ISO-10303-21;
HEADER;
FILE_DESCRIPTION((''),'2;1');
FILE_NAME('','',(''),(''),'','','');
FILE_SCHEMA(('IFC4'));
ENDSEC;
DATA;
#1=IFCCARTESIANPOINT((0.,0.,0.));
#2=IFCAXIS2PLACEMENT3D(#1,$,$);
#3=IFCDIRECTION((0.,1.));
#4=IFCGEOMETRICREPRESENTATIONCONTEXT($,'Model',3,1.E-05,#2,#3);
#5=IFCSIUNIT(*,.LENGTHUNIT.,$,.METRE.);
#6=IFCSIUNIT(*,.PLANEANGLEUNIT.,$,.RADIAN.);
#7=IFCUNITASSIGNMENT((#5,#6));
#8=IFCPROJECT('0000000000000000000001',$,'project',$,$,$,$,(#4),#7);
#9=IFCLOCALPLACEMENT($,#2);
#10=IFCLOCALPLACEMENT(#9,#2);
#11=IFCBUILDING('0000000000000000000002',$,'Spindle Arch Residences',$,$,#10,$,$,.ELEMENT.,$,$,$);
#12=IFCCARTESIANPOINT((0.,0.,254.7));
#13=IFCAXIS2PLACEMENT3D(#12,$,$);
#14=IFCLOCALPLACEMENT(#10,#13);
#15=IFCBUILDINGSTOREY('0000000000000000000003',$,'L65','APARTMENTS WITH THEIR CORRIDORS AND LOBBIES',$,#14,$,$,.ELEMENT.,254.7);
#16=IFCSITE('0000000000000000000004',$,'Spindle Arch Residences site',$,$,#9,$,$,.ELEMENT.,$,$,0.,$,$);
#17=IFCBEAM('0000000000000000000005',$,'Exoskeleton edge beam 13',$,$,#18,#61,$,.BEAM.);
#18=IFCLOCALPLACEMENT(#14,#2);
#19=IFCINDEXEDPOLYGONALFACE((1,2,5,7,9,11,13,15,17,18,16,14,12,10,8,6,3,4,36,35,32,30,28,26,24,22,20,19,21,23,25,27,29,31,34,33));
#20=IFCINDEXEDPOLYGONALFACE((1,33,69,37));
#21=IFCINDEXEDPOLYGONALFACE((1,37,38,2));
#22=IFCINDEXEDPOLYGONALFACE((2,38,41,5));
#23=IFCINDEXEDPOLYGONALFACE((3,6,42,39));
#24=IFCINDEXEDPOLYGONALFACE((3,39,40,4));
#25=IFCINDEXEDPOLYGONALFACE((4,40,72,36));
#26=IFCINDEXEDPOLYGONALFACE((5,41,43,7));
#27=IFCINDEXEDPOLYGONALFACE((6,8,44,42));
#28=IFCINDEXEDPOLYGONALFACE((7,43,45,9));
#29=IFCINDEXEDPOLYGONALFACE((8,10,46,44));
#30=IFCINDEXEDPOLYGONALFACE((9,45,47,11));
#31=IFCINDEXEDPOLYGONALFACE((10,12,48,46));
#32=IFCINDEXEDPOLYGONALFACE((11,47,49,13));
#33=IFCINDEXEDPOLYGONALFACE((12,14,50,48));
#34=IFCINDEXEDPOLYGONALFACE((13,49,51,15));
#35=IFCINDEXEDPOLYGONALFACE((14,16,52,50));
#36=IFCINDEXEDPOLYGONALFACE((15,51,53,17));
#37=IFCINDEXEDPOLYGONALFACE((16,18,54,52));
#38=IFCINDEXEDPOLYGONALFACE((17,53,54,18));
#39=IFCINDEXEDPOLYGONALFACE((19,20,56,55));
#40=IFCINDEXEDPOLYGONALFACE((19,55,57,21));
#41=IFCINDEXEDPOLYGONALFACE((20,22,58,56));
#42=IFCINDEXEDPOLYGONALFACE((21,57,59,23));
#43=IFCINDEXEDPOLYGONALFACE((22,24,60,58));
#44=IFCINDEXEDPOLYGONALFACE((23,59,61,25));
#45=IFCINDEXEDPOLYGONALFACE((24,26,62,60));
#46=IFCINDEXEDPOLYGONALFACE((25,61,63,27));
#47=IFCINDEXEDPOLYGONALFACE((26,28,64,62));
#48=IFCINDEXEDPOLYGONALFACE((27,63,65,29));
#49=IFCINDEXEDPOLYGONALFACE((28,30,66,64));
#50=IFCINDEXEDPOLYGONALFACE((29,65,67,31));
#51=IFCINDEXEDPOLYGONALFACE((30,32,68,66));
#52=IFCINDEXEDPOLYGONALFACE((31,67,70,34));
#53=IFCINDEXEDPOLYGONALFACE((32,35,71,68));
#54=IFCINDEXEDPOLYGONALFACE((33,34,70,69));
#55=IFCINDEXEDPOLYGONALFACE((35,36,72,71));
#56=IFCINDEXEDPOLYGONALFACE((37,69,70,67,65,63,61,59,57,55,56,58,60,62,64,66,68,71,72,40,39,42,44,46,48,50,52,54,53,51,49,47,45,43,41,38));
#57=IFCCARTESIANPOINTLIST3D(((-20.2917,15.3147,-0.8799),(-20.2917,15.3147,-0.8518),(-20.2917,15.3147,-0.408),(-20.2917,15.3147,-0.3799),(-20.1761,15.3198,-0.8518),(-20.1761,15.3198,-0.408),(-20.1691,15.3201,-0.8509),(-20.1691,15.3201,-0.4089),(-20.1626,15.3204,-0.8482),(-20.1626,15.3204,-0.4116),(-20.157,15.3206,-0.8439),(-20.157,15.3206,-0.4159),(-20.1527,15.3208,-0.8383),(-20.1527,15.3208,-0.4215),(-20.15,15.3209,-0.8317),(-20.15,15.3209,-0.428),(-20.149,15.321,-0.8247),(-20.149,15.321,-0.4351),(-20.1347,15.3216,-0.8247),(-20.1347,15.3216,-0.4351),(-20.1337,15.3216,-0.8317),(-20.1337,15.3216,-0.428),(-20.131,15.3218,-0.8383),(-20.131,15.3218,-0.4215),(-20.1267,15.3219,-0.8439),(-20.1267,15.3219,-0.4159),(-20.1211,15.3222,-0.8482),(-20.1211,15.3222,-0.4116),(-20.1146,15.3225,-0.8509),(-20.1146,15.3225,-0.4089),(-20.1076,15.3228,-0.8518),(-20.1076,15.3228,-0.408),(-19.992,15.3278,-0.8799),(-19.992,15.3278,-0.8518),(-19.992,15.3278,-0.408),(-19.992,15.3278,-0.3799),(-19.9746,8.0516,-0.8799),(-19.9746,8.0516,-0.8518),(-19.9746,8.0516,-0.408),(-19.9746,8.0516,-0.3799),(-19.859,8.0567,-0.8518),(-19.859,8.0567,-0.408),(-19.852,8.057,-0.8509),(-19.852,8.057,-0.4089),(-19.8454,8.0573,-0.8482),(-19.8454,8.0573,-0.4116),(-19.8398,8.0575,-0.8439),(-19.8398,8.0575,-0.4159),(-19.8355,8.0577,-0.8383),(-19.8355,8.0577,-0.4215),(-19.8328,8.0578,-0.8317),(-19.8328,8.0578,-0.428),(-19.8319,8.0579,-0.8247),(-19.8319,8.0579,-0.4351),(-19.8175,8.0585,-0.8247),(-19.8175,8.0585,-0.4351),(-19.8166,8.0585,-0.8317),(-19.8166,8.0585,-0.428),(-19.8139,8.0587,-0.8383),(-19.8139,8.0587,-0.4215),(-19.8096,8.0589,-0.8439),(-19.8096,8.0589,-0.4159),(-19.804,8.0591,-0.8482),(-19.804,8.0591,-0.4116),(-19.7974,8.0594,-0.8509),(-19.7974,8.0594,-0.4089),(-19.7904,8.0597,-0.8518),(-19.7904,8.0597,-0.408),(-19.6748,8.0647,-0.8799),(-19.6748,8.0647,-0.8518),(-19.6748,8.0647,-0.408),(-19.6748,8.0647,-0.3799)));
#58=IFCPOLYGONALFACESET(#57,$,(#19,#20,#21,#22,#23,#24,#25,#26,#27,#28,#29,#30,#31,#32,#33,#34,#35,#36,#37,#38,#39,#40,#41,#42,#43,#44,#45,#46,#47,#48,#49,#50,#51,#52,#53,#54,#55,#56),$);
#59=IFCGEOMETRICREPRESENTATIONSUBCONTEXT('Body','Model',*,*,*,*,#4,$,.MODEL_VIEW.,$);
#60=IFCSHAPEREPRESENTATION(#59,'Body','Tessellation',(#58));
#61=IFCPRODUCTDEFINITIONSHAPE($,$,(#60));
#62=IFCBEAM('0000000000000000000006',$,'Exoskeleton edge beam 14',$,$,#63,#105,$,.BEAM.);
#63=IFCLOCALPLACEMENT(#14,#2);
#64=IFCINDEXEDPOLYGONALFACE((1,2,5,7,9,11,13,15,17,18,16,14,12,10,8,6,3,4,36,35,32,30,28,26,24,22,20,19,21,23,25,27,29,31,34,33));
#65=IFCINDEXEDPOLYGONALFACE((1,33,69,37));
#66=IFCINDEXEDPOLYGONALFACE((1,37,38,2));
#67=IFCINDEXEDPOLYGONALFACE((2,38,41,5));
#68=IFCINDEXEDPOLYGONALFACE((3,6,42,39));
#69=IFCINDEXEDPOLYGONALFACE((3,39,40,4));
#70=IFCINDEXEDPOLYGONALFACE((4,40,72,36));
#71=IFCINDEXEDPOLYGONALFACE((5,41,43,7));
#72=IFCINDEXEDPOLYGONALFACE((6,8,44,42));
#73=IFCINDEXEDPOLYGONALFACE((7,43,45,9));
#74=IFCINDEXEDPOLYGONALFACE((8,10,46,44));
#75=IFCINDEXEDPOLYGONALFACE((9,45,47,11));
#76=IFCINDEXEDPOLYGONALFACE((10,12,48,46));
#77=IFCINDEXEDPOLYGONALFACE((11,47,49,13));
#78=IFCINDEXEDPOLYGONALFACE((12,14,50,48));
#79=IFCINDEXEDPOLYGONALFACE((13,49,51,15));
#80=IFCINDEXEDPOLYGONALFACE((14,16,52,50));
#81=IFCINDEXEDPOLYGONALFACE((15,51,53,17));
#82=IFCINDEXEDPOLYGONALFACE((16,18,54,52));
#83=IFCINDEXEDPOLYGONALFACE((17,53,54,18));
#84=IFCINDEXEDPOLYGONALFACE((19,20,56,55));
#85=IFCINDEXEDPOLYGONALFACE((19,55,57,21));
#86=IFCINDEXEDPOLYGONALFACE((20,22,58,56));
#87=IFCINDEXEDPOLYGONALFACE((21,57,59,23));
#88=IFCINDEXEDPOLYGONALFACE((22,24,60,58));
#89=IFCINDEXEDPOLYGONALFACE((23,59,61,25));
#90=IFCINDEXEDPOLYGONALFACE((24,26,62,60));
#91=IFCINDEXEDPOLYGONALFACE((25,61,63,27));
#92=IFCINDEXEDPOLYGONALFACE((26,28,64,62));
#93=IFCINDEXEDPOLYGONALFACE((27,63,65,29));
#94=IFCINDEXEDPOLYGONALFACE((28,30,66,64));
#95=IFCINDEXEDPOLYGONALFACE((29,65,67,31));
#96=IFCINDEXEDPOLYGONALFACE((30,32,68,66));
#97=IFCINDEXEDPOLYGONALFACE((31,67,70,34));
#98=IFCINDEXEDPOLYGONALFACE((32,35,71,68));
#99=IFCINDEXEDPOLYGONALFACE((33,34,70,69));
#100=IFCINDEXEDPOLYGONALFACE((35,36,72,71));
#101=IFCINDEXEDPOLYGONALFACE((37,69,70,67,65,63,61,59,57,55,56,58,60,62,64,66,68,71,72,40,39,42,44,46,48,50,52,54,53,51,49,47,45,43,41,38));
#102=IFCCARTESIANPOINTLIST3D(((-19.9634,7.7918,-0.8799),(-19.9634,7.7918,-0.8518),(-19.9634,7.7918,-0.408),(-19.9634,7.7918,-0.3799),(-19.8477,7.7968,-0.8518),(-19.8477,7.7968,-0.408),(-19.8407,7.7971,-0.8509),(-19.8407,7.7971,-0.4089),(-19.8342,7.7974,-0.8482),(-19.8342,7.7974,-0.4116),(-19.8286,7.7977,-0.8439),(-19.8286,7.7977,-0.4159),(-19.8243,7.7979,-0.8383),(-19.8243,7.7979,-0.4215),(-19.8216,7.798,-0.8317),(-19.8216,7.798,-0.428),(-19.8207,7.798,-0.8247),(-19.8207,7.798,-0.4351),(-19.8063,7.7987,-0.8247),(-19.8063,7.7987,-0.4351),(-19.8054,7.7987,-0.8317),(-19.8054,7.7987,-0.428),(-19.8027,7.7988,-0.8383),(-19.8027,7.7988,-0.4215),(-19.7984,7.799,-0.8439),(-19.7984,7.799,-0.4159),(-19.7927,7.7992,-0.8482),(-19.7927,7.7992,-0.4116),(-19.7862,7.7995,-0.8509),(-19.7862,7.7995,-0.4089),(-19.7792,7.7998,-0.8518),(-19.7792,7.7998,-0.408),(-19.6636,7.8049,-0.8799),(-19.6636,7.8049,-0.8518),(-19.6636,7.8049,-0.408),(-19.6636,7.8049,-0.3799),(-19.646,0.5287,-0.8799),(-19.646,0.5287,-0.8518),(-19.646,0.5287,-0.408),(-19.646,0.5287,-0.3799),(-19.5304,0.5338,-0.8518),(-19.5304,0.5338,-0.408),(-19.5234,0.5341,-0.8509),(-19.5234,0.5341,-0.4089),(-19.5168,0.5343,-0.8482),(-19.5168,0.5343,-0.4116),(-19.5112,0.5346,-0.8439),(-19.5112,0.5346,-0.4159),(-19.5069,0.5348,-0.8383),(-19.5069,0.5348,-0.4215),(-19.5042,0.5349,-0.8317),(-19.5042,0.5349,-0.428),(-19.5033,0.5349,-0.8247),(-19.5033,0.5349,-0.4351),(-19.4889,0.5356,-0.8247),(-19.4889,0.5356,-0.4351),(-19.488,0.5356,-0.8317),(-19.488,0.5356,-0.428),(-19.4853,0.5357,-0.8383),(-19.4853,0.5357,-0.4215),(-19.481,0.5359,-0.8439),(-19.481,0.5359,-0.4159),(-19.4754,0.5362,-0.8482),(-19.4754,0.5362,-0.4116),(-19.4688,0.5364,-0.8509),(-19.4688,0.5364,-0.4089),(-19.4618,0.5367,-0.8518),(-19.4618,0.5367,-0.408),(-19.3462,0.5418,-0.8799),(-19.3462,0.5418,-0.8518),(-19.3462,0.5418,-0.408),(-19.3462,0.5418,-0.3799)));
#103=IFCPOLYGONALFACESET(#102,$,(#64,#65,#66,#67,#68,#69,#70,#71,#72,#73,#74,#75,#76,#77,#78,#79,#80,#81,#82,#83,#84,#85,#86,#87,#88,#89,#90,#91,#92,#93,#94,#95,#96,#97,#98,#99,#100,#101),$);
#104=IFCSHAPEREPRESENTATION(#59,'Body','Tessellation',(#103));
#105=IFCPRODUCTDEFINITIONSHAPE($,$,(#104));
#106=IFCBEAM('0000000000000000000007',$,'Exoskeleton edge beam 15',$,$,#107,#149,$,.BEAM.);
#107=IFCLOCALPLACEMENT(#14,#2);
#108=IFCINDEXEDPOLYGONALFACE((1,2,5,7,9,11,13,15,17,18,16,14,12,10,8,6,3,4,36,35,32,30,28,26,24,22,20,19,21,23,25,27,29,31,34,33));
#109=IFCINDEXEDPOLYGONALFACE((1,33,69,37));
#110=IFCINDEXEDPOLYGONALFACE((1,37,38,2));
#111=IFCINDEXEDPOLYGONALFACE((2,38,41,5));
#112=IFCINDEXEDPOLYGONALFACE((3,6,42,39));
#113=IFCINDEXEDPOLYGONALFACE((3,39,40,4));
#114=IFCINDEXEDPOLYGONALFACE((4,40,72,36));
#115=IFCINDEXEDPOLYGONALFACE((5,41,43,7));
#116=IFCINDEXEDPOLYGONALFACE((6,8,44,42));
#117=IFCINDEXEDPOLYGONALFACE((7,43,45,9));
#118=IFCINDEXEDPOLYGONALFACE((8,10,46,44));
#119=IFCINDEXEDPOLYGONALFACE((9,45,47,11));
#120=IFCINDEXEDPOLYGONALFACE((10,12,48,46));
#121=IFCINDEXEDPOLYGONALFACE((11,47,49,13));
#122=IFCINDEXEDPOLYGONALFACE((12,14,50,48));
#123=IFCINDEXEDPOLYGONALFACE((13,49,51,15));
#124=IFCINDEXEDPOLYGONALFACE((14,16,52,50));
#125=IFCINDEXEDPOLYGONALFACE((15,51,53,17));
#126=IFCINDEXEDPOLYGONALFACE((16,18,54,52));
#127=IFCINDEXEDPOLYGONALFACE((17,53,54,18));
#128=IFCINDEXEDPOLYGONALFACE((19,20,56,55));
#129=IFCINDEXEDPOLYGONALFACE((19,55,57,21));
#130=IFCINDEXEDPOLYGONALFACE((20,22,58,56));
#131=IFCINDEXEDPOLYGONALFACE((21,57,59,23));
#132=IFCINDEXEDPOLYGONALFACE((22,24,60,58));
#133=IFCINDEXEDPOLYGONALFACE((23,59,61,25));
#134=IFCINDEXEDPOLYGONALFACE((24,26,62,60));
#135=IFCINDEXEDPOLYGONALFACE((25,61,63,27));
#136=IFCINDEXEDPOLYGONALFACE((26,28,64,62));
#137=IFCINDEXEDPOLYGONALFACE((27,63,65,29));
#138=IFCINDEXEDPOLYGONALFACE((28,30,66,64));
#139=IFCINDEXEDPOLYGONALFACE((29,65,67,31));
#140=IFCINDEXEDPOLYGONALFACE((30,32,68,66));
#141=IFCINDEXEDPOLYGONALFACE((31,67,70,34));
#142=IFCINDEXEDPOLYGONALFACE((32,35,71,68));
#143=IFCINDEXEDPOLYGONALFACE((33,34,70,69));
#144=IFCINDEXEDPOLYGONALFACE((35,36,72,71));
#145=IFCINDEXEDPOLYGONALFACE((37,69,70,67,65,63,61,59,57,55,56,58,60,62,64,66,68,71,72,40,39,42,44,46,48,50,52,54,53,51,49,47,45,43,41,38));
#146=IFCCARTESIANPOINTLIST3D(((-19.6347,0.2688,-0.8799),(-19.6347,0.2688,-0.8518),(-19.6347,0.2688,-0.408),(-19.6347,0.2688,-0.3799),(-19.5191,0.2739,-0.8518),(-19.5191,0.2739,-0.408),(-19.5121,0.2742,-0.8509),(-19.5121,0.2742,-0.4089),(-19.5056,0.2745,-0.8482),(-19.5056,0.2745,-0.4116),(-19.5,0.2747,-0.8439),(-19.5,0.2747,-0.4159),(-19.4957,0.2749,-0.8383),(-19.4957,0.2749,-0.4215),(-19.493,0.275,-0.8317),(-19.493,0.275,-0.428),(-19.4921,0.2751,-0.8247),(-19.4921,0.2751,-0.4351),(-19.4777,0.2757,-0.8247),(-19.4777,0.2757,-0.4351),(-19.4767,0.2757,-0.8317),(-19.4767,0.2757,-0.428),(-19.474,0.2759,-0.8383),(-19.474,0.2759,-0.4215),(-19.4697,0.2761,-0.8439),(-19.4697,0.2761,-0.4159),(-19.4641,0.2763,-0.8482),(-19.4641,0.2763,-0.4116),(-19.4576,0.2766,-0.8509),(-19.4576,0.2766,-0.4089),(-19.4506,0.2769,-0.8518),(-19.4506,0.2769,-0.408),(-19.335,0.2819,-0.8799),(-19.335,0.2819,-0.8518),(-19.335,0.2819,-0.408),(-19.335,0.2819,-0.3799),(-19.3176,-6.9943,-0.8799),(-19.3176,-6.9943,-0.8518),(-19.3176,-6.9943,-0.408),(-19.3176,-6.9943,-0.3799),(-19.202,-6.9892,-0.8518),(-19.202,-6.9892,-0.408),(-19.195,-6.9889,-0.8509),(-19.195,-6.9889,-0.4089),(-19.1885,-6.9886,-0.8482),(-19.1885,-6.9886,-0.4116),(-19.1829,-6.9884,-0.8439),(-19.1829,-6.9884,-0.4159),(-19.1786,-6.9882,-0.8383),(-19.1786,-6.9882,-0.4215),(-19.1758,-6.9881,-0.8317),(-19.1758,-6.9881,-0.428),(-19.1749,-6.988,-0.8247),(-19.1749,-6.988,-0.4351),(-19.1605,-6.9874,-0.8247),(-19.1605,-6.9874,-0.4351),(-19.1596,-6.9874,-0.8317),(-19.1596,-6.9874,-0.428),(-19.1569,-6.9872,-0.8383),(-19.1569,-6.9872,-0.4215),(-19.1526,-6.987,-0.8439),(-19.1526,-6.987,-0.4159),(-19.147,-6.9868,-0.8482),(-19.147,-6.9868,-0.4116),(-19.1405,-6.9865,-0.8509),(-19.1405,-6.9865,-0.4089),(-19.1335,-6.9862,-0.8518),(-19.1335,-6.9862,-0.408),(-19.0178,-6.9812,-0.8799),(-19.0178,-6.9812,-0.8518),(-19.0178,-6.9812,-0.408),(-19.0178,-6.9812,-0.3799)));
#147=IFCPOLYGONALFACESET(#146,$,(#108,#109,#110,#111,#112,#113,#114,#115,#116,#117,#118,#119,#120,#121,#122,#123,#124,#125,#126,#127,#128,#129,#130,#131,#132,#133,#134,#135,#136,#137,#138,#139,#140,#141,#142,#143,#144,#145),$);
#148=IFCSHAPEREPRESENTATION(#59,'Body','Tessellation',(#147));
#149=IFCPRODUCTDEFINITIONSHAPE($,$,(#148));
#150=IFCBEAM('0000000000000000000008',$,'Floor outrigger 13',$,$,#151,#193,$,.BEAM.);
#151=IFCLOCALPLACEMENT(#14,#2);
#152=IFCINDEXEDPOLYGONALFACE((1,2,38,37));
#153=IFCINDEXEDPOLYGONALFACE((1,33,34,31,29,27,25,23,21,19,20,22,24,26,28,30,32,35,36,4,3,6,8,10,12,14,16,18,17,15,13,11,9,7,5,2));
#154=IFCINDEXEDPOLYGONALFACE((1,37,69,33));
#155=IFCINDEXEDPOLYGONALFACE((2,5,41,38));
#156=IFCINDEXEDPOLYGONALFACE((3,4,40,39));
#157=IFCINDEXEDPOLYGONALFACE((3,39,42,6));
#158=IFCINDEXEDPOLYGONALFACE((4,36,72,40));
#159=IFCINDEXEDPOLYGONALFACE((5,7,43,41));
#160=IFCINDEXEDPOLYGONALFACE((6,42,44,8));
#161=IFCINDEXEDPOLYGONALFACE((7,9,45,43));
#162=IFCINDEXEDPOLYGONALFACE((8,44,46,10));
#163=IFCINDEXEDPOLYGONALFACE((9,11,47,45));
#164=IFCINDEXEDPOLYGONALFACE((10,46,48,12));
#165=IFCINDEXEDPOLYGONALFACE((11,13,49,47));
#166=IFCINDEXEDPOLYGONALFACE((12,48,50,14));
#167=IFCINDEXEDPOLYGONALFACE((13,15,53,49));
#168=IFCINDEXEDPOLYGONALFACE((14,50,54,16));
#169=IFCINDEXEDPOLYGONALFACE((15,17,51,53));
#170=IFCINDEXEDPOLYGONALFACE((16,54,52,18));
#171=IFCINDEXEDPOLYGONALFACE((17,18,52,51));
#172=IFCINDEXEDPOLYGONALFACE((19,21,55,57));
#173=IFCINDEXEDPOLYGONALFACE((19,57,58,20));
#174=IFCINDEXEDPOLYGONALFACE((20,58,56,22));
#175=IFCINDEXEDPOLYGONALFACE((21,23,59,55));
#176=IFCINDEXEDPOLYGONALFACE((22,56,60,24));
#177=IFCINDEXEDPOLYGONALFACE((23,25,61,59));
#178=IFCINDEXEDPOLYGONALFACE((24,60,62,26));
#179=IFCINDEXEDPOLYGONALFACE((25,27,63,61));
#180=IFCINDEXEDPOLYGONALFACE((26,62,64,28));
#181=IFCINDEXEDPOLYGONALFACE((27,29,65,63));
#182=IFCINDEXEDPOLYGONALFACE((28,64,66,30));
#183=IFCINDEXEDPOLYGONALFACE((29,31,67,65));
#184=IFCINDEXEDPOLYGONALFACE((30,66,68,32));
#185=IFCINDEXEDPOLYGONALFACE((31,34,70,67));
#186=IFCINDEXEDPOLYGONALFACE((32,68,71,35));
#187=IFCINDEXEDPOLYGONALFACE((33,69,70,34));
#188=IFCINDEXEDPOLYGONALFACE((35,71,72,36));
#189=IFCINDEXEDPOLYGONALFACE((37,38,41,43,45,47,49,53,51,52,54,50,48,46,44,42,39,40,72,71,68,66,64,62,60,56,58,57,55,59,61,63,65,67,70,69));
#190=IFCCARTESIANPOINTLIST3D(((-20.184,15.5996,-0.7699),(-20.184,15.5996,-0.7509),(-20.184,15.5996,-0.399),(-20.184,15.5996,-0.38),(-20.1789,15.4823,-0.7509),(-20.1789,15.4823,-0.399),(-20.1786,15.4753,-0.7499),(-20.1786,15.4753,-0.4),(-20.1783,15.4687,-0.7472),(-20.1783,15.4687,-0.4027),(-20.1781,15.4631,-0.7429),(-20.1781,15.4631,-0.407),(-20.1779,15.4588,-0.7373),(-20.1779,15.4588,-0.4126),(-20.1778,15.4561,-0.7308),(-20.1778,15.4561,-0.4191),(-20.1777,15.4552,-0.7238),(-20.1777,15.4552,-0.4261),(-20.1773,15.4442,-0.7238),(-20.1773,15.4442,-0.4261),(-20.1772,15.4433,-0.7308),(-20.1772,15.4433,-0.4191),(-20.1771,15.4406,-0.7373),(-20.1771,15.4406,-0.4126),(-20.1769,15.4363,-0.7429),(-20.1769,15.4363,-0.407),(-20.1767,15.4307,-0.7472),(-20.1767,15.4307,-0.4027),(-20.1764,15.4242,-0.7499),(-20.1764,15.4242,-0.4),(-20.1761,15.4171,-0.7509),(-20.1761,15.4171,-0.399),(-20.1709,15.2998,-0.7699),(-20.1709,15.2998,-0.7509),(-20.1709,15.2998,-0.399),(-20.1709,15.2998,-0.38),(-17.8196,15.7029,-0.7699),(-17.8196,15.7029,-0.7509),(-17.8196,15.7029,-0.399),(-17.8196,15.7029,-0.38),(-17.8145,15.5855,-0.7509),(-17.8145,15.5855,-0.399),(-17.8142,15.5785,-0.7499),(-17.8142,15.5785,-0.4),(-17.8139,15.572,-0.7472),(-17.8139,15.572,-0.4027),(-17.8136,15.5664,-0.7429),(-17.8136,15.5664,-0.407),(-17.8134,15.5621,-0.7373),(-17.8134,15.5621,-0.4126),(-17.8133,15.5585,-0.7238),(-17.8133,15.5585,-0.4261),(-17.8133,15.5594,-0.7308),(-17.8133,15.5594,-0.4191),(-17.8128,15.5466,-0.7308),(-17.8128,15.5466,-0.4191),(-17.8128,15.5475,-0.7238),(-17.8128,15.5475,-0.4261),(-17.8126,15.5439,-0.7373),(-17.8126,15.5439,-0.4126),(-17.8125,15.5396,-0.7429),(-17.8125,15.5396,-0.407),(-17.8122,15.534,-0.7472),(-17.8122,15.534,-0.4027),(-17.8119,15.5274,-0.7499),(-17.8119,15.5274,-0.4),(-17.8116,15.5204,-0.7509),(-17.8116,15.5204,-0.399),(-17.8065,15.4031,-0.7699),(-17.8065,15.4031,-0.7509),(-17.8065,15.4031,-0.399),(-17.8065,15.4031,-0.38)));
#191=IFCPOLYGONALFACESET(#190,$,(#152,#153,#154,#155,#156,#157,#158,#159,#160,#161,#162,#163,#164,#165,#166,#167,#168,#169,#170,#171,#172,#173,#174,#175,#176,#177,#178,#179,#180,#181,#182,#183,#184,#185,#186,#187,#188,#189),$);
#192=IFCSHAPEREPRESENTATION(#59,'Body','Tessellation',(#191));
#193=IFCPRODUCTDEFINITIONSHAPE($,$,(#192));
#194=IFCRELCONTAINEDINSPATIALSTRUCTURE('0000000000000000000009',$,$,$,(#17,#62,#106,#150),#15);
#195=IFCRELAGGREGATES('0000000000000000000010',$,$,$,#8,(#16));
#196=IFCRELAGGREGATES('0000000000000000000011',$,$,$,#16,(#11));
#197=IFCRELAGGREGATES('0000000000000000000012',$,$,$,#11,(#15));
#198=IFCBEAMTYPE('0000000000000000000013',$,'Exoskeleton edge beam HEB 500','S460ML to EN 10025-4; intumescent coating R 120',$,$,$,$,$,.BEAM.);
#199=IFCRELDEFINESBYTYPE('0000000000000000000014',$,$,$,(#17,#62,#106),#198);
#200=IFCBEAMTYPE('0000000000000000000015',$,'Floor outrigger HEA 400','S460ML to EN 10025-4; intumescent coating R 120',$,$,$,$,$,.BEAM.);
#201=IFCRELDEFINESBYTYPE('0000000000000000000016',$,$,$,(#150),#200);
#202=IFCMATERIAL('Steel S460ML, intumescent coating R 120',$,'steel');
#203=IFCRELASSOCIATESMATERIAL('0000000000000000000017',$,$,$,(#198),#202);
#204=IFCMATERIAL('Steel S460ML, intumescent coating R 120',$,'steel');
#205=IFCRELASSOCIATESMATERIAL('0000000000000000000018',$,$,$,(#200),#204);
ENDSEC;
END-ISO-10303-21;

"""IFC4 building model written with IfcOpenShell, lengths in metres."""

from ifc_helpers import new_model, si_unit, direction, frame, origin, origin_2d, place, context, subcontext, project, spatial, i_section, extrude, material, material_profile, profile_set, type_object, element, save


model = new_model("IFC4")

# Units and contexts
model_context = context("Model", 3, precision=1e-05, world=origin(), true_north=direction((0.0, 1.0)))
body_context = subcontext(model_context, "Body", "Model", "MODEL_VIEW")
ifc_project = project(units=[si_unit("LENGTHUNIT", "METRE"), si_unit("PLANEANGLEUNIT", "RADIAN")], contexts=[model_context])

# Site, building, storey
site_placement = place(None, origin())
site = spatial("IfcSite", under=ifc_project, at=site_placement, Name="Spindle Arch Residences site", CompositionType="ELEMENT", RefElevation=0.0)
building_placement = place(site_placement, origin())
building = spatial("IfcBuilding", under=site, at=building_placement, Name="Spindle Arch Residences", CompositionType="ELEMENT")
storey_placement = place(building_placement, frame((0.0, 0.0, 254.7)))
storey = spatial("IfcBuildingStorey", under=building, at=storey_placement, Name="L65", Description="APARTMENTS WITH THEIR CORRIDORS AND LOBBIES", CompositionType="ELEMENT", Elevation=254.7)

# Beams
ifc_material_1 = material(Name="Steel S460ML, intumescent coating R 120", Category="steel")
ifc_material_profile_1 = material_profile(ifc_material_1, i_section(OverallWidth=0.3, OverallDepth=0.5, WebThickness=0.0144, FlangeThickness=0.0281, FilletRadius=0.0271, at=origin_2d()), Name="HEB 500")
ifc_profile_set_1 = profile_set([ifc_material_profile_1], Name="Steel S460ML, intumescent coating R 120")
beam_type_1 = type_object("IfcBeamType", Name="Exoskeleton edge beam HEB 500", Description="S460ML to EN 10025-4; intumescent coating R 120", PredefinedType="BEAM", material=ifc_profile_set_1)
for number, where, z_axis, x_axis, name in (
    (1, (-20.1418, 15.3213, -0.6299), (0.043622, -0.999048, 0.0), (0.999048, 0.043622, 0.0), "Exoskeleton edge beam 13"),
    (2, (-19.8135, 7.7983, -0.6299), (0.043656, -0.999047, 0.0), (0.999047, 0.043656, 0.0), "Exoskeleton edge beam 14"),
    (3, (-19.4849, 0.2754, -0.6299), (0.043622, -0.999048, 0.0), (0.999048, 0.043622, 0.0), "Exoskeleton edge beam 15"),
):
    element("IfcBeam", number, at=place(storey_placement, frame(where, z_axis=z_axis, x_axis=x_axis)), inside=storey, type_object=beam_type_1, Name=name, PredefinedType="BEAM", context=body_context, shape_type="SweptSolid", body=[
        extrude(i_section(OverallWidth=0.3, OverallDepth=0.5, WebThickness=0.0144, FlangeThickness=0.0281, FilletRadius=0.0271, at=origin_2d()), origin(), (0.0, 0.0, 1.0), 7.27),
    ])
ifc_material_2 = material(Name="Steel S460ML, intumescent coating R 120", Category="steel")
ifc_material_profile_2 = material_profile(ifc_material_2, i_section(OverallWidth=0.3, OverallDepth=0.3899, WebThickness=0.011, FlangeThickness=0.019, FilletRadius=0.0271, at=origin_2d()), Name="HEA 400")
ifc_profile_set_2 = profile_set([ifc_material_profile_2], Name="Steel S460ML, intumescent coating R 120")
beam_type_2 = type_object("IfcBeamType", Name="Floor outrigger HEA 400", Description="S460ML to EN 10025-4; intumescent coating R 120", PredefinedType="BEAM", material=ifc_profile_set_2)
beam_placement = place(storey_placement, frame((-20.1775, 15.4497, -0.575), z_axis=(0.999048, 0.043634, 0.0), x_axis=(-0.043634, 0.999048, 0.0)))
element("IfcBeam", 4, at=beam_placement, inside=storey, type_object=beam_type_2, Name="Floor outrigger 13", PredefinedType="BEAM", context=body_context, shape_type="SweptSolid", body=[
    extrude(i_section(OverallWidth=0.3, OverallDepth=0.3899, WebThickness=0.011, FlangeThickness=0.019, FilletRadius=0.0271, at=origin_2d()), origin(), (0.0, 0.0, 1.0), 2.3667),
])

save(model, "model.ifc")
